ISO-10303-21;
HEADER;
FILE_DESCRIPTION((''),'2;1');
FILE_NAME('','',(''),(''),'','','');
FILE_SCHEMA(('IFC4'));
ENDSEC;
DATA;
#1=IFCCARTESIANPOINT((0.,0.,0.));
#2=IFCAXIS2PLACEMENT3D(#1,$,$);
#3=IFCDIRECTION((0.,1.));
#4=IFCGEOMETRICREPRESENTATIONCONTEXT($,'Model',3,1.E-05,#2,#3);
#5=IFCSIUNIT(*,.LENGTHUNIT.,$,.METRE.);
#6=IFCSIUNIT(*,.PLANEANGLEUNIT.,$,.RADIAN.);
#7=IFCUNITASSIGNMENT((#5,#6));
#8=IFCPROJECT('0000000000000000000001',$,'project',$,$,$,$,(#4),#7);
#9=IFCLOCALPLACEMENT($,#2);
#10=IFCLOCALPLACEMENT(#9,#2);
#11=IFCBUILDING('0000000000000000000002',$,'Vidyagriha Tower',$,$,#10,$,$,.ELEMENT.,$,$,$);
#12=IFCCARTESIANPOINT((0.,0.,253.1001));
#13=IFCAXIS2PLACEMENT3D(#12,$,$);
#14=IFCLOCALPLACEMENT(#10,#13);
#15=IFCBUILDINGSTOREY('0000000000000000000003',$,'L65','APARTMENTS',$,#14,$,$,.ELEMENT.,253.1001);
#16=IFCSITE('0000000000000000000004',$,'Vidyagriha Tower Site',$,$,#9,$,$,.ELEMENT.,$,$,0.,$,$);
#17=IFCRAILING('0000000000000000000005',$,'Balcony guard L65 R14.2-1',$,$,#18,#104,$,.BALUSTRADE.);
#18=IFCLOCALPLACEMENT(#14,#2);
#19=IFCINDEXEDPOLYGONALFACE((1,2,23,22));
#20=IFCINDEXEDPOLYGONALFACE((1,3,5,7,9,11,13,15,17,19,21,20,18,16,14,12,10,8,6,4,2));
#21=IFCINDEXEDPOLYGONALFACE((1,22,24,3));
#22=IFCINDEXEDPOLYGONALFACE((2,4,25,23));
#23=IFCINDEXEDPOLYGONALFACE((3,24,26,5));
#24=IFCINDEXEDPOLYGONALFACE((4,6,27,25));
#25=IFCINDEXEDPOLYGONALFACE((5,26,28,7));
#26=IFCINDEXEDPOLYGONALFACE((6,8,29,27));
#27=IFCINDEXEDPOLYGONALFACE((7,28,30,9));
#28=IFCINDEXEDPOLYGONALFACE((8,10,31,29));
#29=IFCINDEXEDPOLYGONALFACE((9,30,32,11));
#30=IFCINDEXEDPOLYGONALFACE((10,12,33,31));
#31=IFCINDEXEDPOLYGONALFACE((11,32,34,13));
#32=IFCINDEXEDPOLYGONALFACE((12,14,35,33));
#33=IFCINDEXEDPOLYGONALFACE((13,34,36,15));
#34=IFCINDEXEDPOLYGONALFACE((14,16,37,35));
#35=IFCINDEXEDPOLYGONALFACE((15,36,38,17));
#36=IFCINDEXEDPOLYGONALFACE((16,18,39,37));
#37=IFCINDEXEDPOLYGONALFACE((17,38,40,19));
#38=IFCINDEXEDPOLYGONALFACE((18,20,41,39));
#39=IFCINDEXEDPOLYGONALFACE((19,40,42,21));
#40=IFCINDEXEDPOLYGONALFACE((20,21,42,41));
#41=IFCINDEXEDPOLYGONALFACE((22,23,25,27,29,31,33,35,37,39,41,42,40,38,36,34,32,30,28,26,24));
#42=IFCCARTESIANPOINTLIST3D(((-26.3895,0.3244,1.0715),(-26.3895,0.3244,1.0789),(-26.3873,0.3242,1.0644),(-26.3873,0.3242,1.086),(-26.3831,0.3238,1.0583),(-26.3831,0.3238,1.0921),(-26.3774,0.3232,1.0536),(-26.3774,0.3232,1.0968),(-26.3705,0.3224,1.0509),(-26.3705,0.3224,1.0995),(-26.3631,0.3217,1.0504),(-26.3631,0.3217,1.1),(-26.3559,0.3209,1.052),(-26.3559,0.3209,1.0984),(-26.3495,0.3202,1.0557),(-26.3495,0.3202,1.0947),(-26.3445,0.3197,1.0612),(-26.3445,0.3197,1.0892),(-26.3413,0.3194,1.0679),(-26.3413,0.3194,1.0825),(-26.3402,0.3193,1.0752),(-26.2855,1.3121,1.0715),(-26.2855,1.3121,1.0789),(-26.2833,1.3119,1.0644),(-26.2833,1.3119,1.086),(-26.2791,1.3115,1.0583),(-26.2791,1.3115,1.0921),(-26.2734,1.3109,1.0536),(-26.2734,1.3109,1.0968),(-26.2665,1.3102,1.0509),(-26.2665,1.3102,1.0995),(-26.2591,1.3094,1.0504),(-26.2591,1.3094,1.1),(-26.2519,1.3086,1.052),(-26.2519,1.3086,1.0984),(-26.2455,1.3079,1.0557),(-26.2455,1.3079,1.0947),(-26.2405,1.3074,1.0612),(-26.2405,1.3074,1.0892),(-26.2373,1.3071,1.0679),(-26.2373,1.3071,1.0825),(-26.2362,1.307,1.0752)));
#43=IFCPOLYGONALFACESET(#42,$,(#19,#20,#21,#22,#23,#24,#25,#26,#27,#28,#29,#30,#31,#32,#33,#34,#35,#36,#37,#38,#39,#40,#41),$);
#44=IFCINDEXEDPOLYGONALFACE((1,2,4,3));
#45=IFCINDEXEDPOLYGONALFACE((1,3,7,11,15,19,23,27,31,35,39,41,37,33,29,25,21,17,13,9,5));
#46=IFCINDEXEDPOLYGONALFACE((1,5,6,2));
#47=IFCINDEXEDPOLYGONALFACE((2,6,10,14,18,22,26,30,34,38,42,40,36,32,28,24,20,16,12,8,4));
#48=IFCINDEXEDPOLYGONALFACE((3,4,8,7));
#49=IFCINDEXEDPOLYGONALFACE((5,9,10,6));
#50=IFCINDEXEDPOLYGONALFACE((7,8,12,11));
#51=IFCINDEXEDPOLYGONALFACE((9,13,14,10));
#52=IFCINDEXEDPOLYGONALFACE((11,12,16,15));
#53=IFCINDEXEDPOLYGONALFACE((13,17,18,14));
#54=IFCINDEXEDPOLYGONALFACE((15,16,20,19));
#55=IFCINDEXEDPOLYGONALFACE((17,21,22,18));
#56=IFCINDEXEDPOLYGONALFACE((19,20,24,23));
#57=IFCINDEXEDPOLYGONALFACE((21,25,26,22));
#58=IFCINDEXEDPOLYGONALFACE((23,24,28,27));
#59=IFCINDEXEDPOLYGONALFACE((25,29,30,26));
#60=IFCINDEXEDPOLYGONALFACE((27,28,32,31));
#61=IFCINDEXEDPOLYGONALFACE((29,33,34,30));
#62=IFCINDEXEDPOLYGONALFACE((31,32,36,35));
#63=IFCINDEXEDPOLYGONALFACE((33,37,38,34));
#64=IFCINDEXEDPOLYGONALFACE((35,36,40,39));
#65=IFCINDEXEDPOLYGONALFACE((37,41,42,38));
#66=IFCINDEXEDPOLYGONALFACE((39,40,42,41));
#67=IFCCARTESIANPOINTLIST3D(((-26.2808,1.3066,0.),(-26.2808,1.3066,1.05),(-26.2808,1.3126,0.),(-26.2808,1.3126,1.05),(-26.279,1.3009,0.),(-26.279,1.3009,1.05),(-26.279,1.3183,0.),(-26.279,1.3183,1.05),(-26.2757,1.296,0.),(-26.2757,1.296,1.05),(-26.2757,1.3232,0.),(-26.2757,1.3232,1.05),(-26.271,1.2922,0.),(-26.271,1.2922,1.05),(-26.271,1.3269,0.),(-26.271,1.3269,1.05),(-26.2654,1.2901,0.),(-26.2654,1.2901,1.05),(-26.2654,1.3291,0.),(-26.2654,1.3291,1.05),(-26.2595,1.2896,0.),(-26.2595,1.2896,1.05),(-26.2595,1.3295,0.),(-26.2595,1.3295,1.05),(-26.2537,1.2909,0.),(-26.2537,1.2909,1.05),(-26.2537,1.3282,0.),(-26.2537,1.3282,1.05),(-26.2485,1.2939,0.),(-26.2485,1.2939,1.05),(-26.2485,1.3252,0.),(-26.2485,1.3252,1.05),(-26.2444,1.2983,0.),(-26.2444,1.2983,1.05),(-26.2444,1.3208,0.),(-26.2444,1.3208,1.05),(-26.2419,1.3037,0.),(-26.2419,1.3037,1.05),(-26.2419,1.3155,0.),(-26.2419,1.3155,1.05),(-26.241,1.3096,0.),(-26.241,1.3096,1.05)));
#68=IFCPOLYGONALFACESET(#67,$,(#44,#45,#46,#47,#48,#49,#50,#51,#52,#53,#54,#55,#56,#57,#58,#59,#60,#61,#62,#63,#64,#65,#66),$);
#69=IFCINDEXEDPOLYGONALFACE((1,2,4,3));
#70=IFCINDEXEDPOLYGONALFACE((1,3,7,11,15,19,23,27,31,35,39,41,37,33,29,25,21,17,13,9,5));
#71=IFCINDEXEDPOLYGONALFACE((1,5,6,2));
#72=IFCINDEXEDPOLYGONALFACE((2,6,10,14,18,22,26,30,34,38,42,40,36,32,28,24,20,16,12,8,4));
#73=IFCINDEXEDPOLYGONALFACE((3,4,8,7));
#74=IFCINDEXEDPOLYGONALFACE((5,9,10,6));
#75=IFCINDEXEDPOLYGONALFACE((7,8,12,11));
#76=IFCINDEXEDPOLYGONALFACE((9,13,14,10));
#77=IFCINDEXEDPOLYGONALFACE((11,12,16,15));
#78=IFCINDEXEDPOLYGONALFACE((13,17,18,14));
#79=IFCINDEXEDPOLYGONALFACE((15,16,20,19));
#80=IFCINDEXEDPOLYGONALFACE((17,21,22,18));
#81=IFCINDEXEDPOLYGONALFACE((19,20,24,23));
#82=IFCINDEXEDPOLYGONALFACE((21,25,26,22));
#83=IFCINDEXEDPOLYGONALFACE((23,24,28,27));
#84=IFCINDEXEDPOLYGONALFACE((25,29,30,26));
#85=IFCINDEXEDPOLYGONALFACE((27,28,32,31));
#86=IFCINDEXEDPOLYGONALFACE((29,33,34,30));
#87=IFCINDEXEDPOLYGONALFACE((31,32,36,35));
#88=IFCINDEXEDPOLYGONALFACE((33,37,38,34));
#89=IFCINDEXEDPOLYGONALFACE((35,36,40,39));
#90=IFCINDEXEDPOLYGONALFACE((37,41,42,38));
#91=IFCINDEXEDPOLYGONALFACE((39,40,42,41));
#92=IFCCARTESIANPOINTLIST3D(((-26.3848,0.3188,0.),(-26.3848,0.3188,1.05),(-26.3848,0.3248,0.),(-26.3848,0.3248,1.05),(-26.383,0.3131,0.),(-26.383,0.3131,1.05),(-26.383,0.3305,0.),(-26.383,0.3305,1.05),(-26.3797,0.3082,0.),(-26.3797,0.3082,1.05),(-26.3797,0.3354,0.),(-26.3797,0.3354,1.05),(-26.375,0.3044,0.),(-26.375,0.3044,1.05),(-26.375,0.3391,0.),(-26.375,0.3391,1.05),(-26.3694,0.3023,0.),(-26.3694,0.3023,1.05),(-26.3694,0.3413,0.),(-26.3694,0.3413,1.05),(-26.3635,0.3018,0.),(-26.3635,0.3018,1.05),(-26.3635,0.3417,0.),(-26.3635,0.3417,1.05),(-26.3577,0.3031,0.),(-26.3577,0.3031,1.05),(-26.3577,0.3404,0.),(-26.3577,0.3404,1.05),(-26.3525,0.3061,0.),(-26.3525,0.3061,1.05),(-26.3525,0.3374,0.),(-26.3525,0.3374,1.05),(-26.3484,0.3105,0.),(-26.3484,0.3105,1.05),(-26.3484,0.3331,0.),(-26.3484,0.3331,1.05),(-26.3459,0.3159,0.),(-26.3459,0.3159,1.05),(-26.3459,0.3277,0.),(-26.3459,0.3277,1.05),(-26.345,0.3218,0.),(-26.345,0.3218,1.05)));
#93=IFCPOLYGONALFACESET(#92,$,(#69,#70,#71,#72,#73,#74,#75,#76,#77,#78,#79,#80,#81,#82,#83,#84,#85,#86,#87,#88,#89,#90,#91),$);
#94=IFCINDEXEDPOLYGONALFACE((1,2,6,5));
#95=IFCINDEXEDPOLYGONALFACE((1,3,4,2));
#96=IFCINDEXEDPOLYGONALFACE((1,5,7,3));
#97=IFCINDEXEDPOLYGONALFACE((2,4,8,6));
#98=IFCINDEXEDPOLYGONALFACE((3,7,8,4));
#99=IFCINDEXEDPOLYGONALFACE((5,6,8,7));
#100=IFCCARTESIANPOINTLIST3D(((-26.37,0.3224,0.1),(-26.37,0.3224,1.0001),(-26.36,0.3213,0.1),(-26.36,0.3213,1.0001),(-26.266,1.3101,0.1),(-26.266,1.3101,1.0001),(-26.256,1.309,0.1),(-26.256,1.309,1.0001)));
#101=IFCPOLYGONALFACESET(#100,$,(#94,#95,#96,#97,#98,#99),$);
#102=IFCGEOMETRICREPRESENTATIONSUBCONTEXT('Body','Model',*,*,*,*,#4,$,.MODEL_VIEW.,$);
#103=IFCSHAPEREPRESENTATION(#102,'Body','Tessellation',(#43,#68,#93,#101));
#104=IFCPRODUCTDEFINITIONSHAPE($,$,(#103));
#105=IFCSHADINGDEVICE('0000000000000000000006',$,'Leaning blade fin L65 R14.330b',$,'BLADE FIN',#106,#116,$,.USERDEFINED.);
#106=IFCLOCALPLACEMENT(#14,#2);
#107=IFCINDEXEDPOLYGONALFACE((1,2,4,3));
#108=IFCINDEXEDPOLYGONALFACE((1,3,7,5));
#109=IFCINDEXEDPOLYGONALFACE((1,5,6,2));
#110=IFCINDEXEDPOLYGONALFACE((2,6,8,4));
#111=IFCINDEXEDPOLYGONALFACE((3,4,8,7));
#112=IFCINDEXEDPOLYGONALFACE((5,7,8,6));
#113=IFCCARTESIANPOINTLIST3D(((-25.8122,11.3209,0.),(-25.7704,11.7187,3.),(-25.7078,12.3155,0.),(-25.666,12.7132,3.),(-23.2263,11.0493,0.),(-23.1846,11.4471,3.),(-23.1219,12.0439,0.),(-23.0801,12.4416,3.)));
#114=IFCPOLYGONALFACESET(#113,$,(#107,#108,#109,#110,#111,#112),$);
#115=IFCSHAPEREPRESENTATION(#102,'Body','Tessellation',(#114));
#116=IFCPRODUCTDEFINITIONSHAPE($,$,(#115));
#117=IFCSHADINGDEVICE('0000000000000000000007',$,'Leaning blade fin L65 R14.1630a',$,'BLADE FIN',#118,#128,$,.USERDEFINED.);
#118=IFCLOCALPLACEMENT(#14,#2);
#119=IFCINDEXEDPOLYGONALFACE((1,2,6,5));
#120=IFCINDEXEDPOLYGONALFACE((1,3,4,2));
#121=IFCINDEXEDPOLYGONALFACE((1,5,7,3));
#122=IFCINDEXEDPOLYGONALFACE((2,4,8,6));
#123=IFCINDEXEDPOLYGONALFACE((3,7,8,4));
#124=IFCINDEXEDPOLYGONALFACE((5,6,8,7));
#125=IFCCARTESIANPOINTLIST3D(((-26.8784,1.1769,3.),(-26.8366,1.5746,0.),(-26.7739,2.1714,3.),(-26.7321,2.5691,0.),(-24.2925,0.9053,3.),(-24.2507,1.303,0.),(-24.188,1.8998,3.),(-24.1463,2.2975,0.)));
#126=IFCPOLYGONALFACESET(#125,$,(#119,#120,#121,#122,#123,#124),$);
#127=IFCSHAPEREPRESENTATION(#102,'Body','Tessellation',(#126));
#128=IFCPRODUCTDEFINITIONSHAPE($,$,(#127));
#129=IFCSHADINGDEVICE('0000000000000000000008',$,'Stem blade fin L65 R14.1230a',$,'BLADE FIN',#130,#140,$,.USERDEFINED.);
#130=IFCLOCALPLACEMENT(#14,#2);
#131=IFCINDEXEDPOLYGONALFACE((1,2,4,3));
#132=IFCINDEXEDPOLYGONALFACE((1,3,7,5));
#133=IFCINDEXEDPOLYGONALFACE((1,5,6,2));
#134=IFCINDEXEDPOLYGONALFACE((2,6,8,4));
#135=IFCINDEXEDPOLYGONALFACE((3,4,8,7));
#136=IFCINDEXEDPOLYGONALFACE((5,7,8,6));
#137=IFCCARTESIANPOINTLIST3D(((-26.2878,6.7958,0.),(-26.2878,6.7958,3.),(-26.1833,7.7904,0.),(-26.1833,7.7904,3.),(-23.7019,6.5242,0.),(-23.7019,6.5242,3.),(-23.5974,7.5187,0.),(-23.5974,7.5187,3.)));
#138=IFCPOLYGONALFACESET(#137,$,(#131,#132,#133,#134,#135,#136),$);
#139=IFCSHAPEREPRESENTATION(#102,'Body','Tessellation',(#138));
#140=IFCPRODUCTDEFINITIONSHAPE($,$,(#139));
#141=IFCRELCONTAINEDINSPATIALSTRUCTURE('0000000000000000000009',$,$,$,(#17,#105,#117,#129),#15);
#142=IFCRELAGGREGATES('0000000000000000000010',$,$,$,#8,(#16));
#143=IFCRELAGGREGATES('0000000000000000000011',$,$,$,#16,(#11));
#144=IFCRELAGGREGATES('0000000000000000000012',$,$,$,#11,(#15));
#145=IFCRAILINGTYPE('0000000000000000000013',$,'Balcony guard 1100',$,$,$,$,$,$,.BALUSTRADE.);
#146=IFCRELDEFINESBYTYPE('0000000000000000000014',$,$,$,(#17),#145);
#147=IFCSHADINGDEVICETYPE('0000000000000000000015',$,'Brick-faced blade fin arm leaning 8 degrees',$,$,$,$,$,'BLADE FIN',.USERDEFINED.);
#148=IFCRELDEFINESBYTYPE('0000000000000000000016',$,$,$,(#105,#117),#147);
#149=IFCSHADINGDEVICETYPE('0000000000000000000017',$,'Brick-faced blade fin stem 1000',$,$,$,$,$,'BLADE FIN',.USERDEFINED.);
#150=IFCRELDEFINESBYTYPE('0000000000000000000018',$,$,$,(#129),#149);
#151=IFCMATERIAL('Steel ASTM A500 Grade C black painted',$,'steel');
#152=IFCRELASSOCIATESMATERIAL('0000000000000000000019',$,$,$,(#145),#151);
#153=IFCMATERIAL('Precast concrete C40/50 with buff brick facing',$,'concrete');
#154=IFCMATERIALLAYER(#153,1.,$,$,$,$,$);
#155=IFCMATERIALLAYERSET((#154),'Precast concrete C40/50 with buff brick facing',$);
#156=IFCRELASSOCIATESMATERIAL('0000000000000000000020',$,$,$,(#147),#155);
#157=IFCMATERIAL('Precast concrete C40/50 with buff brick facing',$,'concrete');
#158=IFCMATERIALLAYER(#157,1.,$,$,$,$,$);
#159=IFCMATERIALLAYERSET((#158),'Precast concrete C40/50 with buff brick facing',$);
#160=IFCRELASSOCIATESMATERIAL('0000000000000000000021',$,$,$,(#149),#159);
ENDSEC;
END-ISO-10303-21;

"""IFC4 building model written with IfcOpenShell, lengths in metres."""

from ifc_helpers import new_model, si_unit, direction, frame, origin, origin_2d, place, context, subcontext, project, spatial, polyline, rectangle, circle, outline, extrude, material, layer, layer_set, type_object, element, save


model = new_model("IFC4")

# Units and contexts
model_context = context("Model", 3, precision=1e-05, world=origin(), true_north=direction((0.0, 1.0)))
body_context = subcontext(model_context, "Body", "Model", "MODEL_VIEW")
ifc_project = project(units=[si_unit("LENGTHUNIT", "METRE"), si_unit("PLANEANGLEUNIT", "RADIAN")], contexts=[model_context])

# Site, building, storey
site_placement = place(None, origin())
site = spatial("IfcSite", under=ifc_project, at=site_placement, Name="Vidyagriha Tower Site", CompositionType="ELEMENT", RefElevation=0.0)
building_placement = place(site_placement, origin())
building = spatial("IfcBuilding", under=site, at=building_placement, Name="Vidyagriha Tower", CompositionType="ELEMENT")
storey_placement = place(building_placement, frame((0.0, 0.0, 253.1001)))
storey = spatial("IfcBuildingStorey", under=building, at=storey_placement, Name="L65", Description="APARTMENTS", CompositionType="ELEMENT", Elevation=253.1001)

# Railing
ifc_material_1 = material(Name="Steel ASTM A500 Grade C black painted", Category="steel")
railing_type_1 = type_object("IfcRailingType", Name="Balcony guard 1100", PredefinedType="BALUSTRADE", material=ifc_material_1)
railing_1_placement = place(storey_placement, frame((-26.261, 1.3096, 0.0)))
element("IfcRailing", 1, at=railing_1_placement, inside=storey, type_object=railing_type_1, Name="Balcony guard L65 R14.2-1", PredefinedType="BALUSTRADE", context=body_context, shape_type="SweptSolid", body=[
    extrude(circle(Radius=0.0249, at=origin_2d()), frame((0.0, 0.0, 1.0752), z_axis=(-0.10471, -0.994503, 0.0), x_axis=(0.994503, -0.10471, 0.0)), (0.0, 0.0, 1.0), 0.9932),
    extrude(circle(Radius=0.02, at=origin_2d()), origin(), (0.0, 0.0, 1.0), 1.05),
    extrude(circle(Radius=0.02, at=origin_2d()), frame((-0.104, -0.9878, 0.0)), (0.0, 0.0, 1.0), 1.05),
    extrude(rectangle(XDim=0.01, YDim=0.9001, at=origin_2d()), frame((0.0, 0.0, 0.55), z_axis=(-0.10471, -0.994503, 0.0), x_axis=(0.994503, -0.10471, 0.0)), (0.0, 0.0, 1.0), 0.9932),
])

# Shading devices
ifc_material_2 = material(Name="Precast concrete C40/50 with buff brick facing", Category="concrete")
ifc_layer_1 = layer(ifc_material_2, 1.0)
ifc_layer_set_1 = layer_set([ifc_layer_1], Name="Precast concrete C40/50 with buff brick facing")
shading_device_type_1 = type_object("IfcShadingDeviceType", Name="Brick-faced blade fin arm leaning 8 degrees", ElementType="BLADE FIN", PredefinedType="USERDEFINED", material=ifc_layer_set_1)
shading_device_1_placement = place(storey_placement, frame((-24.373, 12.5774, 0.0), z_axis=(0.0, 0.0, 1.0), x_axis=(-0.104458, -0.994529, 0.0)))
element("IfcShadingDevice", 2, at=shading_device_1_placement, inside=storey, type_object=shading_device_type_1, Name="Leaning blade fin L65 R14.330b", ObjectType="BLADE FIN", PredefinedType="USERDEFINED", context=body_context, shape_type="SweptSolid", body=[
    extrude(outline(polyline([(0.3999, 0.0), (1.3999, 0.0), (1.0, 3.0), (0.0, 3.0), (0.3999, 0.0)])), frame((0.0, 1.3, 0.0), z_axis=(0.0, -1.0, 0.0), x_axis=(1.0, 0.0, 0.0)), (0.0, 0.0, 1.0), 2.6001),
])
shading_device_2_placement = place(storey_placement, frame((-25.4392, 2.4333, 0.0), z_axis=(0.0, 0.0, 1.0), x_axis=(-0.104458, -0.994529, 0.0)))
element("IfcShadingDevice", 3, at=shading_device_2_placement, inside=storey, type_object=shading_device_type_1, Name="Leaning blade fin L65 R14.1630a", ObjectType="BLADE FIN", PredefinedType="USERDEFINED", context=body_context, shape_type="SweptSolid", body=[
    extrude(outline(polyline([(0.0, 0.0), (1.0, 0.0), (1.3999, 3.0), (0.3999, 3.0), (0.0, 0.0)])), frame((0.0, 1.3, 0.0), z_axis=(0.0, -1.0, 0.0), x_axis=(1.0, 0.0, 0.0)), (0.0, 0.0, 1.0), 2.6001),
])
ifc_material_3 = material(Name="Precast concrete C40/50 with buff brick facing", Category="concrete")
ifc_layer_2 = layer(ifc_material_3, 1.0)
ifc_layer_set_2 = layer_set([ifc_layer_2], Name="Precast concrete C40/50 with buff brick facing")
shading_device_type_2 = type_object("IfcShadingDeviceType", Name="Brick-faced blade fin stem 1000", ElementType="BLADE FIN", PredefinedType="USERDEFINED", material=ifc_layer_set_2)
shading_device_3_placement = place(storey_placement, frame((-24.8904, 7.6545, 0.0), z_axis=(0.0, 0.0, 1.0), x_axis=(-0.104481, -0.994527, 0.0)))
element("IfcShadingDevice", 4, at=shading_device_3_placement, inside=storey, type_object=shading_device_type_2, Name="Stem blade fin L65 R14.1230a", ObjectType="BLADE FIN", PredefinedType="USERDEFINED", context=body_context, shape_type="SweptSolid", body=[
    extrude(outline(polyline([(0.0, 0.0), (1.0, 0.0), (1.0, 3.0), (0.0, 3.0), (0.0, 0.0)])), frame((0.0, 1.3, 0.0), z_axis=(0.0, -1.0, 0.0), x_axis=(1.0, 0.0, 0.0)), (0.0, 0.0, 1.0), 2.6001),
])

save(model, "model.ifc")
